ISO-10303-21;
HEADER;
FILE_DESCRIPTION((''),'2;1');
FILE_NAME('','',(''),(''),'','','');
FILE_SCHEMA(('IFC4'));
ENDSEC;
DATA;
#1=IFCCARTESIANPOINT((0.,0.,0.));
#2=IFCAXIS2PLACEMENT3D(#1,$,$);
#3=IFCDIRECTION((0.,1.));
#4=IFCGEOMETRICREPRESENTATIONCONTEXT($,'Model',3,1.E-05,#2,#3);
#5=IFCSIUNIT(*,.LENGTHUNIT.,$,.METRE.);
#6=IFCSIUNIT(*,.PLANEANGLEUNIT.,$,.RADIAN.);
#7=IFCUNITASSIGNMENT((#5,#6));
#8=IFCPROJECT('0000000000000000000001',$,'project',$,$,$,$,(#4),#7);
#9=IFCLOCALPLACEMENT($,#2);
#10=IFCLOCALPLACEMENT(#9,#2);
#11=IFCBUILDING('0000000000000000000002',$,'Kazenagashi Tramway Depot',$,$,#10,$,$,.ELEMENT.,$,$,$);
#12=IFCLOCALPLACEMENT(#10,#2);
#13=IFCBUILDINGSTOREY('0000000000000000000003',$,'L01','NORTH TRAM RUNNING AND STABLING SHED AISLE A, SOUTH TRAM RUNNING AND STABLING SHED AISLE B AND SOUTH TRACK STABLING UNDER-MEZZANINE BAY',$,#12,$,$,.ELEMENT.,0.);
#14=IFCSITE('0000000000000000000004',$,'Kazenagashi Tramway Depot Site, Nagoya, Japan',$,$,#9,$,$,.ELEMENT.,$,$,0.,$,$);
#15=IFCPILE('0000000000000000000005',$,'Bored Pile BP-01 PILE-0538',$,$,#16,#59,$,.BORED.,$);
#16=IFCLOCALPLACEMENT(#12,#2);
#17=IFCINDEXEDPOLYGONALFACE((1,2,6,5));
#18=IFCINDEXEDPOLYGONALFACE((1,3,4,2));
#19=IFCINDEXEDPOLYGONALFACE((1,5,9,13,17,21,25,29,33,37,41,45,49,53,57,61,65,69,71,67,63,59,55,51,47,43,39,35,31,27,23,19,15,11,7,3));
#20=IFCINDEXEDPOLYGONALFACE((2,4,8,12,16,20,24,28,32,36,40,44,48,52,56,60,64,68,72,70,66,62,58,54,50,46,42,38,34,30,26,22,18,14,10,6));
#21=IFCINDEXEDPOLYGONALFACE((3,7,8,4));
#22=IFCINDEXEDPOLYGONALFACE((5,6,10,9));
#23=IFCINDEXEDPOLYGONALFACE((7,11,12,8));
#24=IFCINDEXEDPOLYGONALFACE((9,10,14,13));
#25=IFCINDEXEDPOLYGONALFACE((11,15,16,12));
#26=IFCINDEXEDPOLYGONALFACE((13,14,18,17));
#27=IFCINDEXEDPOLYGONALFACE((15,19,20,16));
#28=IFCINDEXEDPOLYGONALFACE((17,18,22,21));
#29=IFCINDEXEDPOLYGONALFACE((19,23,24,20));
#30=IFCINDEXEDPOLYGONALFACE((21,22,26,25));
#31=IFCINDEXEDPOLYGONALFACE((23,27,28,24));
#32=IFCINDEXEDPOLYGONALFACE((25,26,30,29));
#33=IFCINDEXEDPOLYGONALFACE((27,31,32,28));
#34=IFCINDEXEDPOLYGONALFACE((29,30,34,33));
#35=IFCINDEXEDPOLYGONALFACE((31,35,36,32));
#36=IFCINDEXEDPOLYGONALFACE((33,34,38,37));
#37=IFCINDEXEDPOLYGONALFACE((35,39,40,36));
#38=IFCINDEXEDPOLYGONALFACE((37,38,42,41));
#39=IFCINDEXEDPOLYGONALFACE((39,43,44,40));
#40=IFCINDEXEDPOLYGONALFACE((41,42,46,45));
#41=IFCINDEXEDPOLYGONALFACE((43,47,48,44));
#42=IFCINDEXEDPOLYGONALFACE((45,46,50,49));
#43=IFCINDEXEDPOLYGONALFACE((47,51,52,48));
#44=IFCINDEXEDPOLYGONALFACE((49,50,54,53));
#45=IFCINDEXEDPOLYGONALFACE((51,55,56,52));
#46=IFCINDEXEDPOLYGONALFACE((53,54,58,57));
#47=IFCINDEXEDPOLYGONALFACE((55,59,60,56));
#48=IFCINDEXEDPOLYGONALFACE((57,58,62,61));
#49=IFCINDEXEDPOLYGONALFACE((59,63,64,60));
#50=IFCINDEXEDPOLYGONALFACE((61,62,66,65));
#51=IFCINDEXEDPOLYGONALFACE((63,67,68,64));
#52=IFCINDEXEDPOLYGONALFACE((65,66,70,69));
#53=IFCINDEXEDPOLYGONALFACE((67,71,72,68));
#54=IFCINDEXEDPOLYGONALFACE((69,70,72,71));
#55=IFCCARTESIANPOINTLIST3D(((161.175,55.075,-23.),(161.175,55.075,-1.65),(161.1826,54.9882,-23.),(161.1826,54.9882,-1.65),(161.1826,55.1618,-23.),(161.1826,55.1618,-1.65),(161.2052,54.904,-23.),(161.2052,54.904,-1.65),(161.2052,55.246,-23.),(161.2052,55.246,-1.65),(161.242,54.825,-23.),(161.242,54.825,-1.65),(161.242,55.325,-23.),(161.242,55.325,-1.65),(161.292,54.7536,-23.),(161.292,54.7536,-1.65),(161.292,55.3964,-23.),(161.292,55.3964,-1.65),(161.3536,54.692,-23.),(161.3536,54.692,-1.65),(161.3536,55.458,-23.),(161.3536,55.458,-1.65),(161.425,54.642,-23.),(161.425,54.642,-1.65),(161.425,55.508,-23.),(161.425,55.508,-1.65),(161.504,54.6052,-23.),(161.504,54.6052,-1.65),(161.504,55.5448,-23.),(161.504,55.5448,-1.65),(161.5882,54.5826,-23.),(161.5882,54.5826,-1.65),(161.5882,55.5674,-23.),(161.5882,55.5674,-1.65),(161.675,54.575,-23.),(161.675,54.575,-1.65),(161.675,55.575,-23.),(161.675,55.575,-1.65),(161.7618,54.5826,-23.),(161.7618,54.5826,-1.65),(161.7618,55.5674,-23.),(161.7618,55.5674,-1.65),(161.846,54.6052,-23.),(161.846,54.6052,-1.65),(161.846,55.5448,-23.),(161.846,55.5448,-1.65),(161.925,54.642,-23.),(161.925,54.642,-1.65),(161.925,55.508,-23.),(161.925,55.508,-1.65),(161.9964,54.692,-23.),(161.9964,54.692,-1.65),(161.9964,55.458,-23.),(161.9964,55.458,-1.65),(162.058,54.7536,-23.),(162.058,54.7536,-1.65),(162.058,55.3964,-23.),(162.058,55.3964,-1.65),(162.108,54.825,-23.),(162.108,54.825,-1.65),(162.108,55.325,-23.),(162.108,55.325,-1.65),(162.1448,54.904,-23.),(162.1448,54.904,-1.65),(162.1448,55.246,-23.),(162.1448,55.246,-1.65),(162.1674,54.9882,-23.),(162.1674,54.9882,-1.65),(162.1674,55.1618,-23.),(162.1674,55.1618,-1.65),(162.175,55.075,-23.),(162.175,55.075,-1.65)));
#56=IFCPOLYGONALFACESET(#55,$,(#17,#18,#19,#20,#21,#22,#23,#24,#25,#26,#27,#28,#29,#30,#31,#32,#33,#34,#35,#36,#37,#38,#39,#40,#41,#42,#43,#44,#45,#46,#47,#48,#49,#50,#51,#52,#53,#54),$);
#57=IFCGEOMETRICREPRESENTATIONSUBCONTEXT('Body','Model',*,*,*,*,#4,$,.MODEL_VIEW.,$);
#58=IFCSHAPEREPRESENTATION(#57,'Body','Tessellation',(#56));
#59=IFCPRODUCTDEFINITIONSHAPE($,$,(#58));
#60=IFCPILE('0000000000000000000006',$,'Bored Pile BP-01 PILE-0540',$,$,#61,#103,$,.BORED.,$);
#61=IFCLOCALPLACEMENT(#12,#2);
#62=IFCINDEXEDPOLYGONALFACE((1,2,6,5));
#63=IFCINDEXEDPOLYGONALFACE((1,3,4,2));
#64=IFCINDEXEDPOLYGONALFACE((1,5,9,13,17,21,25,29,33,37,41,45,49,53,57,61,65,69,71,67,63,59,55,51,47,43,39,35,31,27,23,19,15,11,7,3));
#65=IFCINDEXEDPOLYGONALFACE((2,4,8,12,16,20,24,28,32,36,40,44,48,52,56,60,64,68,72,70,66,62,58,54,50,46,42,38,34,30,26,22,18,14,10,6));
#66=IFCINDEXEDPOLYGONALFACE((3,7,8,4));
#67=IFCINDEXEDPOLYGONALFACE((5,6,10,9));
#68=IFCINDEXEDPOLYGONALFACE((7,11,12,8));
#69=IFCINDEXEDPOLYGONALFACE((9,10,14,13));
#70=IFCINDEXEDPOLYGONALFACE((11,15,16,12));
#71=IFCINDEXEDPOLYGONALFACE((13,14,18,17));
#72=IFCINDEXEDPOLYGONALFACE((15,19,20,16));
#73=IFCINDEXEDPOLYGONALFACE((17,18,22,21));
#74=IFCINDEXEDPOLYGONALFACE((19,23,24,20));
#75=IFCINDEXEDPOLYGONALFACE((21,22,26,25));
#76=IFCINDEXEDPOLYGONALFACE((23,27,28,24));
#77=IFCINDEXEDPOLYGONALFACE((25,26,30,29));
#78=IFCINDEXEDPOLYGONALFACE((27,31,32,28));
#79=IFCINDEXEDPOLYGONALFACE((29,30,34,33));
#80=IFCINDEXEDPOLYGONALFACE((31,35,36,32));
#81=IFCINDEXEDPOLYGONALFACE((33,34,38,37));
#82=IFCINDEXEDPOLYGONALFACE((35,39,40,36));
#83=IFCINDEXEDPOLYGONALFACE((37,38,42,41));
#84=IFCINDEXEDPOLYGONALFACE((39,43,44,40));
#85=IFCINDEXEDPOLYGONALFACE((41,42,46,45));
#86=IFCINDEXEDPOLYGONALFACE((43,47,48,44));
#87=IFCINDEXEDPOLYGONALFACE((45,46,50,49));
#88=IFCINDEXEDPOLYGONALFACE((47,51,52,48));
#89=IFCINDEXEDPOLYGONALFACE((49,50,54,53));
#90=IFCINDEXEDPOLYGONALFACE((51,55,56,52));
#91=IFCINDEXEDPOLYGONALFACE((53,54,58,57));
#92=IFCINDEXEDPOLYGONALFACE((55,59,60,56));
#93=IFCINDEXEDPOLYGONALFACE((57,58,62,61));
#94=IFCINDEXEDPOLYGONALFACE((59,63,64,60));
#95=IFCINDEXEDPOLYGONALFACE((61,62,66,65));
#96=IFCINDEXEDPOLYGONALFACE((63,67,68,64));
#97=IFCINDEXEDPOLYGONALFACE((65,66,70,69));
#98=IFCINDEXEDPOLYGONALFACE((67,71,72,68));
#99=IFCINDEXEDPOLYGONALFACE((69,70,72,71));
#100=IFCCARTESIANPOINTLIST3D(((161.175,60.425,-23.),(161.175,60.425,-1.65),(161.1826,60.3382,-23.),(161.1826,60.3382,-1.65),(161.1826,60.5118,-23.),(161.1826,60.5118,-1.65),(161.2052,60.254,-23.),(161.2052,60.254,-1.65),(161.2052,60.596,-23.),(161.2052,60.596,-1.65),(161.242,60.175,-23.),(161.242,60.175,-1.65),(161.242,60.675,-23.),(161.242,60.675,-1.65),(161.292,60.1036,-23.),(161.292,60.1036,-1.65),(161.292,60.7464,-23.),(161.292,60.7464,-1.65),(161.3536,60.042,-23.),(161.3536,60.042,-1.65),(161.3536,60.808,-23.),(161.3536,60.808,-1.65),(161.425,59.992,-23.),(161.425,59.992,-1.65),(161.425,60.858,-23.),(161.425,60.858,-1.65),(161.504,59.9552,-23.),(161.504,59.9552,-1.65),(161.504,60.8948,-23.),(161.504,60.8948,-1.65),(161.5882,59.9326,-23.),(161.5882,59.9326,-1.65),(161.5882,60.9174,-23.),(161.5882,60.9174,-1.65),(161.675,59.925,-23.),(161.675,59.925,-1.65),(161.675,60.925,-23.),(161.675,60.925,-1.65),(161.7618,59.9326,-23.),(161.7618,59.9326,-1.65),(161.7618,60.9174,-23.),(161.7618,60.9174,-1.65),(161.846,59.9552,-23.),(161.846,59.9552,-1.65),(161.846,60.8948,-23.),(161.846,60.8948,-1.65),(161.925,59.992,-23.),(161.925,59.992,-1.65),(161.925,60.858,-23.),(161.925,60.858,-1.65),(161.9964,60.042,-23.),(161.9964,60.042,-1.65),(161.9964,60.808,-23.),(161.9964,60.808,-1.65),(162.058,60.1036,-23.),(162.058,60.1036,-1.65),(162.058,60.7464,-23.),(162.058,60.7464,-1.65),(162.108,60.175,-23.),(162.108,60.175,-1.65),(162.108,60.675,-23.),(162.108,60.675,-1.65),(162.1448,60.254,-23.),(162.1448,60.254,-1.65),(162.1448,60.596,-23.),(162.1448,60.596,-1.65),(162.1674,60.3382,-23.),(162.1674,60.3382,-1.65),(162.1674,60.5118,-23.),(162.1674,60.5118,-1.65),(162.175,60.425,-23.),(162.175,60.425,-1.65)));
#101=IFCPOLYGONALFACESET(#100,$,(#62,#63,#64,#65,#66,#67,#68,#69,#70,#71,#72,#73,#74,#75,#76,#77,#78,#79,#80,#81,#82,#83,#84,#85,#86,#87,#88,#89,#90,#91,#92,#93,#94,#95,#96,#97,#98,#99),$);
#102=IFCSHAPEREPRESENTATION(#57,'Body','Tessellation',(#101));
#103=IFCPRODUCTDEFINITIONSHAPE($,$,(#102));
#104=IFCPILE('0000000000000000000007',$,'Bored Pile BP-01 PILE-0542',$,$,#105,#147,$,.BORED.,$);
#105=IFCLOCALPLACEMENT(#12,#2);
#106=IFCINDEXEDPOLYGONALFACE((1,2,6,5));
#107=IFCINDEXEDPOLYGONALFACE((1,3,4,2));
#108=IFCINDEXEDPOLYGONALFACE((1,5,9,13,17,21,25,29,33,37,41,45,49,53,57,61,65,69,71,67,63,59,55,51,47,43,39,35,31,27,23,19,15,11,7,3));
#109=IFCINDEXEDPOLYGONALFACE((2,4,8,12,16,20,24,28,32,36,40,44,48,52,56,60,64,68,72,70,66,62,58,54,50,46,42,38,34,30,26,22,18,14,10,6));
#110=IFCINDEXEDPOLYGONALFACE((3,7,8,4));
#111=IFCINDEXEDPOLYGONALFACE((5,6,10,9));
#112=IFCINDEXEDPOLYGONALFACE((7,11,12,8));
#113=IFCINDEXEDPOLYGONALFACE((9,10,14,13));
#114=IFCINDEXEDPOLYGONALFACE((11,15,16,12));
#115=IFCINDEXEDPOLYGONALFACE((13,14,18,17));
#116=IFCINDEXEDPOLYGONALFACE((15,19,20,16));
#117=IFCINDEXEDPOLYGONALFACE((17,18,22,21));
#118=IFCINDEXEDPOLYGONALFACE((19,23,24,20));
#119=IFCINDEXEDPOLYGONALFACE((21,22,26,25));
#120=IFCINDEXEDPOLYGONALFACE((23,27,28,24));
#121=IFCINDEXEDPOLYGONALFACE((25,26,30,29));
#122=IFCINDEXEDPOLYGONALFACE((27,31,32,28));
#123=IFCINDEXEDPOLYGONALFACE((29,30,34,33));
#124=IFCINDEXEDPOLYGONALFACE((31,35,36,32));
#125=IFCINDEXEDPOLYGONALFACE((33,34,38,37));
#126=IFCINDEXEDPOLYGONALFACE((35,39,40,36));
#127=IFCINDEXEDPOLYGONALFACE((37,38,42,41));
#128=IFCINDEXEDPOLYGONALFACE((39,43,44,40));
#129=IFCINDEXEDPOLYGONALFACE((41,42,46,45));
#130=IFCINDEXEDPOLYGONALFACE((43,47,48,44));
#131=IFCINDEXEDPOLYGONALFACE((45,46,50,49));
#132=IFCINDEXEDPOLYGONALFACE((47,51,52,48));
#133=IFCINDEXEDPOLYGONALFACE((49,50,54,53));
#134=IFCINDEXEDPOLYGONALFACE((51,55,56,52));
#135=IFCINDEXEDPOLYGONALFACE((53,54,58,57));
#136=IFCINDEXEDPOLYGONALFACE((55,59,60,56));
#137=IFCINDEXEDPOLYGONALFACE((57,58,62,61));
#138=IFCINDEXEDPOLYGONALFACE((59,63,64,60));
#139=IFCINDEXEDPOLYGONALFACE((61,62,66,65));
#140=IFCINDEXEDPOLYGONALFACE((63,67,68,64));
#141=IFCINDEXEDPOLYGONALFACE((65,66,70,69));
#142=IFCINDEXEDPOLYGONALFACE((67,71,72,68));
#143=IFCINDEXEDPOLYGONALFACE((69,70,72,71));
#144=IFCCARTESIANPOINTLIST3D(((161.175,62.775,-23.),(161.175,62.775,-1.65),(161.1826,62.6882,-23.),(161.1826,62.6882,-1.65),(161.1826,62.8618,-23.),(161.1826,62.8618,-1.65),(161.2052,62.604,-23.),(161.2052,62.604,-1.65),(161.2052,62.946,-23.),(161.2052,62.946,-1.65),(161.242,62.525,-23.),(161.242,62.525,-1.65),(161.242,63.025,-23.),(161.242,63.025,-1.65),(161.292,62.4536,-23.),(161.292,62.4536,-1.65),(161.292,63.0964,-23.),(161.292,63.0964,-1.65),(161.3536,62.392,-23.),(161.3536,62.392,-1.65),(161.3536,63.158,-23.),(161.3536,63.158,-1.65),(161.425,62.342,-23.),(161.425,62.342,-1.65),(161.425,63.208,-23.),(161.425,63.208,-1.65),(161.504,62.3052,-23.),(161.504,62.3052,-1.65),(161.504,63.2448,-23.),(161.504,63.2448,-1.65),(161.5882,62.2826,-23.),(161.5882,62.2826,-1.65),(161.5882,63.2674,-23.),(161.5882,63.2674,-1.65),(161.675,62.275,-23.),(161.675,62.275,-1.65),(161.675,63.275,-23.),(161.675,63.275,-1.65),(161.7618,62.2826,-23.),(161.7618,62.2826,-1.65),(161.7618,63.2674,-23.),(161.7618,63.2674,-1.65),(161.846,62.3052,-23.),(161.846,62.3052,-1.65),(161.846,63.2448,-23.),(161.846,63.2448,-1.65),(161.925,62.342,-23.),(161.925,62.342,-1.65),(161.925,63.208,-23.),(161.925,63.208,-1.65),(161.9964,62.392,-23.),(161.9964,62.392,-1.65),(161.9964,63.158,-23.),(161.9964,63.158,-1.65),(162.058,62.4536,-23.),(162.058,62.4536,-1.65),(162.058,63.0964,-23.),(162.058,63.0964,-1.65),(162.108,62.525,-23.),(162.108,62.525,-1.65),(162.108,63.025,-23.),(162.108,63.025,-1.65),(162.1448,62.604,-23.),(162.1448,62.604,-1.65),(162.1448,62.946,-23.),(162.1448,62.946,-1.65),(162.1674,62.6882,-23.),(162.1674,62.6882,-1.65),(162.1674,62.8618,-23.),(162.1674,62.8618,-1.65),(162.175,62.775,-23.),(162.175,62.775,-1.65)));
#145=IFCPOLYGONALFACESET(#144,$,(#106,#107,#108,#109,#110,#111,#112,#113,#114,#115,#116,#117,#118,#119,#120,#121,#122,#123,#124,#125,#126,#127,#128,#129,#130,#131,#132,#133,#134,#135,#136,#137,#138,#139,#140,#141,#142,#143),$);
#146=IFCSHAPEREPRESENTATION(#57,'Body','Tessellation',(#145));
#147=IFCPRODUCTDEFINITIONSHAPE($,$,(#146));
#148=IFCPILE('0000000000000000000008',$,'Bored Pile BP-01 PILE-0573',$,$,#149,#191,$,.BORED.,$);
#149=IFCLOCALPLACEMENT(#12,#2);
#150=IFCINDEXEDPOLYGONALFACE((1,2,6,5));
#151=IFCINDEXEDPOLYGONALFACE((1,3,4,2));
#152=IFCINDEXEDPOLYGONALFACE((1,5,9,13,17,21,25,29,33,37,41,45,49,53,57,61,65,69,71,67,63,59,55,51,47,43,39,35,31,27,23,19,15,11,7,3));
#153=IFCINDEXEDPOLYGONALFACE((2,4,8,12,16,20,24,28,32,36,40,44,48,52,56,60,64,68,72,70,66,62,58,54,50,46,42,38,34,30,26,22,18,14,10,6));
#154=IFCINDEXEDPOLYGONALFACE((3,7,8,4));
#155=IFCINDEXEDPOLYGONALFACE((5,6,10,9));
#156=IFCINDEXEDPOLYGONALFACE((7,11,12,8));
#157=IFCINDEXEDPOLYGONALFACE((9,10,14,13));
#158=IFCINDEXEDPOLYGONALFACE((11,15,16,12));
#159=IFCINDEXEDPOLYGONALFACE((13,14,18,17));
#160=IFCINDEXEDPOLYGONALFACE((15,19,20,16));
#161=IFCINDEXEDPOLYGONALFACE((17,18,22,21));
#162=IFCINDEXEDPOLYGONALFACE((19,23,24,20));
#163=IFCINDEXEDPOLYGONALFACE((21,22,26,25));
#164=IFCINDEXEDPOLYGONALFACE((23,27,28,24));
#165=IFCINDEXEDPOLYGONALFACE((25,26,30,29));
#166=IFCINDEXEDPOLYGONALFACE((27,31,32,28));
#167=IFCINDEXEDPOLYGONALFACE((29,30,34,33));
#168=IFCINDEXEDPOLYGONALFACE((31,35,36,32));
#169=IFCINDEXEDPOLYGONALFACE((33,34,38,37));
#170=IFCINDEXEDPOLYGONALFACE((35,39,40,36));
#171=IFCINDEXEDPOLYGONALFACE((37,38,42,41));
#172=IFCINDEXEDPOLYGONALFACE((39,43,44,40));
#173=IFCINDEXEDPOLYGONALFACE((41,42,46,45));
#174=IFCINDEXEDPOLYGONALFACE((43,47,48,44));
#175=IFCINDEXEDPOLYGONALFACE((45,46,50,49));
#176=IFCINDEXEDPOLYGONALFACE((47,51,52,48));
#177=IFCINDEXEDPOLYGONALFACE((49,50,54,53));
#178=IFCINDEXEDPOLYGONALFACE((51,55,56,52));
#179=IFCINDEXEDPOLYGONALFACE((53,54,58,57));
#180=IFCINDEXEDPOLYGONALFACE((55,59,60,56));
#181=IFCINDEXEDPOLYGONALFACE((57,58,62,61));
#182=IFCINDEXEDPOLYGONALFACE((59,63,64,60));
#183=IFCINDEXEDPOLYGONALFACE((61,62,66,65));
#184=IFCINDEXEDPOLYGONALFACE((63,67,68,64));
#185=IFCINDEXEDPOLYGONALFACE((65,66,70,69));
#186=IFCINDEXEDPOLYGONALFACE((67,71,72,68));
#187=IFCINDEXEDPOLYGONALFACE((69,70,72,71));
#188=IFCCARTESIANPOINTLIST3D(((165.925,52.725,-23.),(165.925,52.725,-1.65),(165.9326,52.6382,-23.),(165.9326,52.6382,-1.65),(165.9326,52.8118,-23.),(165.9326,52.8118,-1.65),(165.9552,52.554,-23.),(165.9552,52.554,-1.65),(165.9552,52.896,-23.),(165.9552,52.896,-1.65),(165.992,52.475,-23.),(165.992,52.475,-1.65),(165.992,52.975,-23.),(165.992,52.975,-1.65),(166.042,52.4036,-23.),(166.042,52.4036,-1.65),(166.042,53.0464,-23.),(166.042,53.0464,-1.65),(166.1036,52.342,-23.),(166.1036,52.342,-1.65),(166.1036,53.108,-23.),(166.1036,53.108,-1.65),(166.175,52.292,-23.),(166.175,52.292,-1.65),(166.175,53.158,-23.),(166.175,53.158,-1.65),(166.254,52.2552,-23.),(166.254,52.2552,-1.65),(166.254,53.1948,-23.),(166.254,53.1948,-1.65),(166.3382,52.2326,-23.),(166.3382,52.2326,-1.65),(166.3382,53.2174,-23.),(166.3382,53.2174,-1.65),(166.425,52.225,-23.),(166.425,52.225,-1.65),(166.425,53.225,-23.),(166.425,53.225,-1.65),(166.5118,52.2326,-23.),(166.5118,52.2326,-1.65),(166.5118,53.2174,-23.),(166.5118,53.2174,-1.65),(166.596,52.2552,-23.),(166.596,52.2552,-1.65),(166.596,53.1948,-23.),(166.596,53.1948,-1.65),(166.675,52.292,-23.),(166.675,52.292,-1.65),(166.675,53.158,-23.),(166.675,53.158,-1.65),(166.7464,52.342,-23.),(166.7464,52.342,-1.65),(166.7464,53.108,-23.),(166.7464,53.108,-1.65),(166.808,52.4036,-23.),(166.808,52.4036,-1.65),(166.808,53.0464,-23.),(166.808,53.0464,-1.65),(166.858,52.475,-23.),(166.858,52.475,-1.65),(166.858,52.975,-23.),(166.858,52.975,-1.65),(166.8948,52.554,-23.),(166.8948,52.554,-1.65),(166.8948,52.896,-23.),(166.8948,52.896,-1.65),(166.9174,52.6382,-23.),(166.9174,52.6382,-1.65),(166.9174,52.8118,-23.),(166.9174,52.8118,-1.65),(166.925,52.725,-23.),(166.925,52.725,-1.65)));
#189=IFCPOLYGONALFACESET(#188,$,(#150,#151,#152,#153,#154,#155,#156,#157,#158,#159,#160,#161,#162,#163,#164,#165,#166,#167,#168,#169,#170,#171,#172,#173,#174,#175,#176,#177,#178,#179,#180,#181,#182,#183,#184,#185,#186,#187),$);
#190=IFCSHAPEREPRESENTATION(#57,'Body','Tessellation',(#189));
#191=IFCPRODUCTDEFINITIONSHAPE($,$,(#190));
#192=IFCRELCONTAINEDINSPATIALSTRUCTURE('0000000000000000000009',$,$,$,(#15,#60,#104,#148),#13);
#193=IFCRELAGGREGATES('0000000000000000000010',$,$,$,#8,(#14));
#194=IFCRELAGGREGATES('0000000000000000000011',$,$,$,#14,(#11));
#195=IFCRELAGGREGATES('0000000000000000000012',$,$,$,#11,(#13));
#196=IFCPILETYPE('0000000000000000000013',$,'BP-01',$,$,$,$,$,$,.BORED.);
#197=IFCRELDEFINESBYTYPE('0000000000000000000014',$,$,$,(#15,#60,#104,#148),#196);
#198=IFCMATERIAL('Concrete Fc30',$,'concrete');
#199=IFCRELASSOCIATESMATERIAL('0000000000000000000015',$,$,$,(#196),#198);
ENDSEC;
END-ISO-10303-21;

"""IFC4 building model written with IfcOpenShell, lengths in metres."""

from ifc_helpers import new_model, si_unit, direction, frame, origin, origin_2d, place, context, subcontext, project, spatial, circle, extrude, material, material_profile, profile_set, type_object, element, save


model = new_model("IFC4")

# Units and contexts
model_context = context("Model", 3, precision=1e-05, world=origin(), true_north=direction((0.0, 1.0)))
body_context = subcontext(model_context, "Body", "Model", "MODEL_VIEW")
ifc_project = project(units=[si_unit("LENGTHUNIT", "METRE"), si_unit("PLANEANGLEUNIT", "RADIAN")], contexts=[model_context])

# Site, building, storey
site_placement = place(None, origin())
site = spatial("IfcSite", under=ifc_project, at=site_placement, Name="Kazenagashi Tramway Depot Site, Nagoya, Japan", CompositionType="ELEMENT", RefElevation=0.0)
building_placement = place(site_placement, origin())
building = spatial("IfcBuilding", under=site, at=building_placement, Name="Kazenagashi Tramway Depot", CompositionType="ELEMENT")
storey_placement = place(building_placement, origin())
storey = spatial("IfcBuildingStorey", under=building, at=storey_placement, Name="L01", Description="NORTH TRAM RUNNING AND STABLING SHED AISLE A, SOUTH TRAM RUNNING AND STABLING SHED AISLE B AND SOUTH TRACK STABLING UNDER-MEZZANINE BAY", CompositionType="ELEMENT", Elevation=0.0)

# Piles
ifc_material_1 = material(Name="Concrete Fc30", Category="concrete")
ifc_material_profile_1 = material_profile(ifc_material_1, circle(Radius=0.5, at=origin_2d()), Name="PILE-1000")
ifc_profile_set_1 = profile_set([ifc_material_profile_1], Name="Concrete Fc30")
pile_type = type_object("IfcPileType", Name="BP-01", PredefinedType="BORED", material=ifc_profile_set_1)
for number, where, z_axis, x_axis, name in (
    (1, (161.675, 55.075, -1.65), (0.0, 0.0, -1.0), (1.0, 0.0, 0.0), "Bored Pile BP-01 PILE-0538"),
    (2, (161.675, 60.425, -1.65), (0.0, 0.0, -1.0), (1.0, 0.0, 0.0), "Bored Pile BP-01 PILE-0540"),
    (3, (161.675, 62.775, -1.65), (0.0, 0.0, -1.0), (1.0, 0.0, 0.0), "Bored Pile BP-01 PILE-0542"),
    (4, (166.425, 52.725, -1.65), (0.0, 0.0, -1.0), (1.0, 0.0, 0.0), "Bored Pile BP-01 PILE-0573"),
):
    element("IfcPile", number, at=place(storey_placement, frame(where, z_axis=z_axis, x_axis=x_axis)), inside=storey, type_object=pile_type, Name=name, PredefinedType="BORED", context=body_context, shape_type="SweptSolid", body=[
        extrude(circle(Radius=0.5, at=origin_2d()), origin(), (0.0, 0.0, 1.0), 21.35),
    ])

save(model, "model.ifc")
